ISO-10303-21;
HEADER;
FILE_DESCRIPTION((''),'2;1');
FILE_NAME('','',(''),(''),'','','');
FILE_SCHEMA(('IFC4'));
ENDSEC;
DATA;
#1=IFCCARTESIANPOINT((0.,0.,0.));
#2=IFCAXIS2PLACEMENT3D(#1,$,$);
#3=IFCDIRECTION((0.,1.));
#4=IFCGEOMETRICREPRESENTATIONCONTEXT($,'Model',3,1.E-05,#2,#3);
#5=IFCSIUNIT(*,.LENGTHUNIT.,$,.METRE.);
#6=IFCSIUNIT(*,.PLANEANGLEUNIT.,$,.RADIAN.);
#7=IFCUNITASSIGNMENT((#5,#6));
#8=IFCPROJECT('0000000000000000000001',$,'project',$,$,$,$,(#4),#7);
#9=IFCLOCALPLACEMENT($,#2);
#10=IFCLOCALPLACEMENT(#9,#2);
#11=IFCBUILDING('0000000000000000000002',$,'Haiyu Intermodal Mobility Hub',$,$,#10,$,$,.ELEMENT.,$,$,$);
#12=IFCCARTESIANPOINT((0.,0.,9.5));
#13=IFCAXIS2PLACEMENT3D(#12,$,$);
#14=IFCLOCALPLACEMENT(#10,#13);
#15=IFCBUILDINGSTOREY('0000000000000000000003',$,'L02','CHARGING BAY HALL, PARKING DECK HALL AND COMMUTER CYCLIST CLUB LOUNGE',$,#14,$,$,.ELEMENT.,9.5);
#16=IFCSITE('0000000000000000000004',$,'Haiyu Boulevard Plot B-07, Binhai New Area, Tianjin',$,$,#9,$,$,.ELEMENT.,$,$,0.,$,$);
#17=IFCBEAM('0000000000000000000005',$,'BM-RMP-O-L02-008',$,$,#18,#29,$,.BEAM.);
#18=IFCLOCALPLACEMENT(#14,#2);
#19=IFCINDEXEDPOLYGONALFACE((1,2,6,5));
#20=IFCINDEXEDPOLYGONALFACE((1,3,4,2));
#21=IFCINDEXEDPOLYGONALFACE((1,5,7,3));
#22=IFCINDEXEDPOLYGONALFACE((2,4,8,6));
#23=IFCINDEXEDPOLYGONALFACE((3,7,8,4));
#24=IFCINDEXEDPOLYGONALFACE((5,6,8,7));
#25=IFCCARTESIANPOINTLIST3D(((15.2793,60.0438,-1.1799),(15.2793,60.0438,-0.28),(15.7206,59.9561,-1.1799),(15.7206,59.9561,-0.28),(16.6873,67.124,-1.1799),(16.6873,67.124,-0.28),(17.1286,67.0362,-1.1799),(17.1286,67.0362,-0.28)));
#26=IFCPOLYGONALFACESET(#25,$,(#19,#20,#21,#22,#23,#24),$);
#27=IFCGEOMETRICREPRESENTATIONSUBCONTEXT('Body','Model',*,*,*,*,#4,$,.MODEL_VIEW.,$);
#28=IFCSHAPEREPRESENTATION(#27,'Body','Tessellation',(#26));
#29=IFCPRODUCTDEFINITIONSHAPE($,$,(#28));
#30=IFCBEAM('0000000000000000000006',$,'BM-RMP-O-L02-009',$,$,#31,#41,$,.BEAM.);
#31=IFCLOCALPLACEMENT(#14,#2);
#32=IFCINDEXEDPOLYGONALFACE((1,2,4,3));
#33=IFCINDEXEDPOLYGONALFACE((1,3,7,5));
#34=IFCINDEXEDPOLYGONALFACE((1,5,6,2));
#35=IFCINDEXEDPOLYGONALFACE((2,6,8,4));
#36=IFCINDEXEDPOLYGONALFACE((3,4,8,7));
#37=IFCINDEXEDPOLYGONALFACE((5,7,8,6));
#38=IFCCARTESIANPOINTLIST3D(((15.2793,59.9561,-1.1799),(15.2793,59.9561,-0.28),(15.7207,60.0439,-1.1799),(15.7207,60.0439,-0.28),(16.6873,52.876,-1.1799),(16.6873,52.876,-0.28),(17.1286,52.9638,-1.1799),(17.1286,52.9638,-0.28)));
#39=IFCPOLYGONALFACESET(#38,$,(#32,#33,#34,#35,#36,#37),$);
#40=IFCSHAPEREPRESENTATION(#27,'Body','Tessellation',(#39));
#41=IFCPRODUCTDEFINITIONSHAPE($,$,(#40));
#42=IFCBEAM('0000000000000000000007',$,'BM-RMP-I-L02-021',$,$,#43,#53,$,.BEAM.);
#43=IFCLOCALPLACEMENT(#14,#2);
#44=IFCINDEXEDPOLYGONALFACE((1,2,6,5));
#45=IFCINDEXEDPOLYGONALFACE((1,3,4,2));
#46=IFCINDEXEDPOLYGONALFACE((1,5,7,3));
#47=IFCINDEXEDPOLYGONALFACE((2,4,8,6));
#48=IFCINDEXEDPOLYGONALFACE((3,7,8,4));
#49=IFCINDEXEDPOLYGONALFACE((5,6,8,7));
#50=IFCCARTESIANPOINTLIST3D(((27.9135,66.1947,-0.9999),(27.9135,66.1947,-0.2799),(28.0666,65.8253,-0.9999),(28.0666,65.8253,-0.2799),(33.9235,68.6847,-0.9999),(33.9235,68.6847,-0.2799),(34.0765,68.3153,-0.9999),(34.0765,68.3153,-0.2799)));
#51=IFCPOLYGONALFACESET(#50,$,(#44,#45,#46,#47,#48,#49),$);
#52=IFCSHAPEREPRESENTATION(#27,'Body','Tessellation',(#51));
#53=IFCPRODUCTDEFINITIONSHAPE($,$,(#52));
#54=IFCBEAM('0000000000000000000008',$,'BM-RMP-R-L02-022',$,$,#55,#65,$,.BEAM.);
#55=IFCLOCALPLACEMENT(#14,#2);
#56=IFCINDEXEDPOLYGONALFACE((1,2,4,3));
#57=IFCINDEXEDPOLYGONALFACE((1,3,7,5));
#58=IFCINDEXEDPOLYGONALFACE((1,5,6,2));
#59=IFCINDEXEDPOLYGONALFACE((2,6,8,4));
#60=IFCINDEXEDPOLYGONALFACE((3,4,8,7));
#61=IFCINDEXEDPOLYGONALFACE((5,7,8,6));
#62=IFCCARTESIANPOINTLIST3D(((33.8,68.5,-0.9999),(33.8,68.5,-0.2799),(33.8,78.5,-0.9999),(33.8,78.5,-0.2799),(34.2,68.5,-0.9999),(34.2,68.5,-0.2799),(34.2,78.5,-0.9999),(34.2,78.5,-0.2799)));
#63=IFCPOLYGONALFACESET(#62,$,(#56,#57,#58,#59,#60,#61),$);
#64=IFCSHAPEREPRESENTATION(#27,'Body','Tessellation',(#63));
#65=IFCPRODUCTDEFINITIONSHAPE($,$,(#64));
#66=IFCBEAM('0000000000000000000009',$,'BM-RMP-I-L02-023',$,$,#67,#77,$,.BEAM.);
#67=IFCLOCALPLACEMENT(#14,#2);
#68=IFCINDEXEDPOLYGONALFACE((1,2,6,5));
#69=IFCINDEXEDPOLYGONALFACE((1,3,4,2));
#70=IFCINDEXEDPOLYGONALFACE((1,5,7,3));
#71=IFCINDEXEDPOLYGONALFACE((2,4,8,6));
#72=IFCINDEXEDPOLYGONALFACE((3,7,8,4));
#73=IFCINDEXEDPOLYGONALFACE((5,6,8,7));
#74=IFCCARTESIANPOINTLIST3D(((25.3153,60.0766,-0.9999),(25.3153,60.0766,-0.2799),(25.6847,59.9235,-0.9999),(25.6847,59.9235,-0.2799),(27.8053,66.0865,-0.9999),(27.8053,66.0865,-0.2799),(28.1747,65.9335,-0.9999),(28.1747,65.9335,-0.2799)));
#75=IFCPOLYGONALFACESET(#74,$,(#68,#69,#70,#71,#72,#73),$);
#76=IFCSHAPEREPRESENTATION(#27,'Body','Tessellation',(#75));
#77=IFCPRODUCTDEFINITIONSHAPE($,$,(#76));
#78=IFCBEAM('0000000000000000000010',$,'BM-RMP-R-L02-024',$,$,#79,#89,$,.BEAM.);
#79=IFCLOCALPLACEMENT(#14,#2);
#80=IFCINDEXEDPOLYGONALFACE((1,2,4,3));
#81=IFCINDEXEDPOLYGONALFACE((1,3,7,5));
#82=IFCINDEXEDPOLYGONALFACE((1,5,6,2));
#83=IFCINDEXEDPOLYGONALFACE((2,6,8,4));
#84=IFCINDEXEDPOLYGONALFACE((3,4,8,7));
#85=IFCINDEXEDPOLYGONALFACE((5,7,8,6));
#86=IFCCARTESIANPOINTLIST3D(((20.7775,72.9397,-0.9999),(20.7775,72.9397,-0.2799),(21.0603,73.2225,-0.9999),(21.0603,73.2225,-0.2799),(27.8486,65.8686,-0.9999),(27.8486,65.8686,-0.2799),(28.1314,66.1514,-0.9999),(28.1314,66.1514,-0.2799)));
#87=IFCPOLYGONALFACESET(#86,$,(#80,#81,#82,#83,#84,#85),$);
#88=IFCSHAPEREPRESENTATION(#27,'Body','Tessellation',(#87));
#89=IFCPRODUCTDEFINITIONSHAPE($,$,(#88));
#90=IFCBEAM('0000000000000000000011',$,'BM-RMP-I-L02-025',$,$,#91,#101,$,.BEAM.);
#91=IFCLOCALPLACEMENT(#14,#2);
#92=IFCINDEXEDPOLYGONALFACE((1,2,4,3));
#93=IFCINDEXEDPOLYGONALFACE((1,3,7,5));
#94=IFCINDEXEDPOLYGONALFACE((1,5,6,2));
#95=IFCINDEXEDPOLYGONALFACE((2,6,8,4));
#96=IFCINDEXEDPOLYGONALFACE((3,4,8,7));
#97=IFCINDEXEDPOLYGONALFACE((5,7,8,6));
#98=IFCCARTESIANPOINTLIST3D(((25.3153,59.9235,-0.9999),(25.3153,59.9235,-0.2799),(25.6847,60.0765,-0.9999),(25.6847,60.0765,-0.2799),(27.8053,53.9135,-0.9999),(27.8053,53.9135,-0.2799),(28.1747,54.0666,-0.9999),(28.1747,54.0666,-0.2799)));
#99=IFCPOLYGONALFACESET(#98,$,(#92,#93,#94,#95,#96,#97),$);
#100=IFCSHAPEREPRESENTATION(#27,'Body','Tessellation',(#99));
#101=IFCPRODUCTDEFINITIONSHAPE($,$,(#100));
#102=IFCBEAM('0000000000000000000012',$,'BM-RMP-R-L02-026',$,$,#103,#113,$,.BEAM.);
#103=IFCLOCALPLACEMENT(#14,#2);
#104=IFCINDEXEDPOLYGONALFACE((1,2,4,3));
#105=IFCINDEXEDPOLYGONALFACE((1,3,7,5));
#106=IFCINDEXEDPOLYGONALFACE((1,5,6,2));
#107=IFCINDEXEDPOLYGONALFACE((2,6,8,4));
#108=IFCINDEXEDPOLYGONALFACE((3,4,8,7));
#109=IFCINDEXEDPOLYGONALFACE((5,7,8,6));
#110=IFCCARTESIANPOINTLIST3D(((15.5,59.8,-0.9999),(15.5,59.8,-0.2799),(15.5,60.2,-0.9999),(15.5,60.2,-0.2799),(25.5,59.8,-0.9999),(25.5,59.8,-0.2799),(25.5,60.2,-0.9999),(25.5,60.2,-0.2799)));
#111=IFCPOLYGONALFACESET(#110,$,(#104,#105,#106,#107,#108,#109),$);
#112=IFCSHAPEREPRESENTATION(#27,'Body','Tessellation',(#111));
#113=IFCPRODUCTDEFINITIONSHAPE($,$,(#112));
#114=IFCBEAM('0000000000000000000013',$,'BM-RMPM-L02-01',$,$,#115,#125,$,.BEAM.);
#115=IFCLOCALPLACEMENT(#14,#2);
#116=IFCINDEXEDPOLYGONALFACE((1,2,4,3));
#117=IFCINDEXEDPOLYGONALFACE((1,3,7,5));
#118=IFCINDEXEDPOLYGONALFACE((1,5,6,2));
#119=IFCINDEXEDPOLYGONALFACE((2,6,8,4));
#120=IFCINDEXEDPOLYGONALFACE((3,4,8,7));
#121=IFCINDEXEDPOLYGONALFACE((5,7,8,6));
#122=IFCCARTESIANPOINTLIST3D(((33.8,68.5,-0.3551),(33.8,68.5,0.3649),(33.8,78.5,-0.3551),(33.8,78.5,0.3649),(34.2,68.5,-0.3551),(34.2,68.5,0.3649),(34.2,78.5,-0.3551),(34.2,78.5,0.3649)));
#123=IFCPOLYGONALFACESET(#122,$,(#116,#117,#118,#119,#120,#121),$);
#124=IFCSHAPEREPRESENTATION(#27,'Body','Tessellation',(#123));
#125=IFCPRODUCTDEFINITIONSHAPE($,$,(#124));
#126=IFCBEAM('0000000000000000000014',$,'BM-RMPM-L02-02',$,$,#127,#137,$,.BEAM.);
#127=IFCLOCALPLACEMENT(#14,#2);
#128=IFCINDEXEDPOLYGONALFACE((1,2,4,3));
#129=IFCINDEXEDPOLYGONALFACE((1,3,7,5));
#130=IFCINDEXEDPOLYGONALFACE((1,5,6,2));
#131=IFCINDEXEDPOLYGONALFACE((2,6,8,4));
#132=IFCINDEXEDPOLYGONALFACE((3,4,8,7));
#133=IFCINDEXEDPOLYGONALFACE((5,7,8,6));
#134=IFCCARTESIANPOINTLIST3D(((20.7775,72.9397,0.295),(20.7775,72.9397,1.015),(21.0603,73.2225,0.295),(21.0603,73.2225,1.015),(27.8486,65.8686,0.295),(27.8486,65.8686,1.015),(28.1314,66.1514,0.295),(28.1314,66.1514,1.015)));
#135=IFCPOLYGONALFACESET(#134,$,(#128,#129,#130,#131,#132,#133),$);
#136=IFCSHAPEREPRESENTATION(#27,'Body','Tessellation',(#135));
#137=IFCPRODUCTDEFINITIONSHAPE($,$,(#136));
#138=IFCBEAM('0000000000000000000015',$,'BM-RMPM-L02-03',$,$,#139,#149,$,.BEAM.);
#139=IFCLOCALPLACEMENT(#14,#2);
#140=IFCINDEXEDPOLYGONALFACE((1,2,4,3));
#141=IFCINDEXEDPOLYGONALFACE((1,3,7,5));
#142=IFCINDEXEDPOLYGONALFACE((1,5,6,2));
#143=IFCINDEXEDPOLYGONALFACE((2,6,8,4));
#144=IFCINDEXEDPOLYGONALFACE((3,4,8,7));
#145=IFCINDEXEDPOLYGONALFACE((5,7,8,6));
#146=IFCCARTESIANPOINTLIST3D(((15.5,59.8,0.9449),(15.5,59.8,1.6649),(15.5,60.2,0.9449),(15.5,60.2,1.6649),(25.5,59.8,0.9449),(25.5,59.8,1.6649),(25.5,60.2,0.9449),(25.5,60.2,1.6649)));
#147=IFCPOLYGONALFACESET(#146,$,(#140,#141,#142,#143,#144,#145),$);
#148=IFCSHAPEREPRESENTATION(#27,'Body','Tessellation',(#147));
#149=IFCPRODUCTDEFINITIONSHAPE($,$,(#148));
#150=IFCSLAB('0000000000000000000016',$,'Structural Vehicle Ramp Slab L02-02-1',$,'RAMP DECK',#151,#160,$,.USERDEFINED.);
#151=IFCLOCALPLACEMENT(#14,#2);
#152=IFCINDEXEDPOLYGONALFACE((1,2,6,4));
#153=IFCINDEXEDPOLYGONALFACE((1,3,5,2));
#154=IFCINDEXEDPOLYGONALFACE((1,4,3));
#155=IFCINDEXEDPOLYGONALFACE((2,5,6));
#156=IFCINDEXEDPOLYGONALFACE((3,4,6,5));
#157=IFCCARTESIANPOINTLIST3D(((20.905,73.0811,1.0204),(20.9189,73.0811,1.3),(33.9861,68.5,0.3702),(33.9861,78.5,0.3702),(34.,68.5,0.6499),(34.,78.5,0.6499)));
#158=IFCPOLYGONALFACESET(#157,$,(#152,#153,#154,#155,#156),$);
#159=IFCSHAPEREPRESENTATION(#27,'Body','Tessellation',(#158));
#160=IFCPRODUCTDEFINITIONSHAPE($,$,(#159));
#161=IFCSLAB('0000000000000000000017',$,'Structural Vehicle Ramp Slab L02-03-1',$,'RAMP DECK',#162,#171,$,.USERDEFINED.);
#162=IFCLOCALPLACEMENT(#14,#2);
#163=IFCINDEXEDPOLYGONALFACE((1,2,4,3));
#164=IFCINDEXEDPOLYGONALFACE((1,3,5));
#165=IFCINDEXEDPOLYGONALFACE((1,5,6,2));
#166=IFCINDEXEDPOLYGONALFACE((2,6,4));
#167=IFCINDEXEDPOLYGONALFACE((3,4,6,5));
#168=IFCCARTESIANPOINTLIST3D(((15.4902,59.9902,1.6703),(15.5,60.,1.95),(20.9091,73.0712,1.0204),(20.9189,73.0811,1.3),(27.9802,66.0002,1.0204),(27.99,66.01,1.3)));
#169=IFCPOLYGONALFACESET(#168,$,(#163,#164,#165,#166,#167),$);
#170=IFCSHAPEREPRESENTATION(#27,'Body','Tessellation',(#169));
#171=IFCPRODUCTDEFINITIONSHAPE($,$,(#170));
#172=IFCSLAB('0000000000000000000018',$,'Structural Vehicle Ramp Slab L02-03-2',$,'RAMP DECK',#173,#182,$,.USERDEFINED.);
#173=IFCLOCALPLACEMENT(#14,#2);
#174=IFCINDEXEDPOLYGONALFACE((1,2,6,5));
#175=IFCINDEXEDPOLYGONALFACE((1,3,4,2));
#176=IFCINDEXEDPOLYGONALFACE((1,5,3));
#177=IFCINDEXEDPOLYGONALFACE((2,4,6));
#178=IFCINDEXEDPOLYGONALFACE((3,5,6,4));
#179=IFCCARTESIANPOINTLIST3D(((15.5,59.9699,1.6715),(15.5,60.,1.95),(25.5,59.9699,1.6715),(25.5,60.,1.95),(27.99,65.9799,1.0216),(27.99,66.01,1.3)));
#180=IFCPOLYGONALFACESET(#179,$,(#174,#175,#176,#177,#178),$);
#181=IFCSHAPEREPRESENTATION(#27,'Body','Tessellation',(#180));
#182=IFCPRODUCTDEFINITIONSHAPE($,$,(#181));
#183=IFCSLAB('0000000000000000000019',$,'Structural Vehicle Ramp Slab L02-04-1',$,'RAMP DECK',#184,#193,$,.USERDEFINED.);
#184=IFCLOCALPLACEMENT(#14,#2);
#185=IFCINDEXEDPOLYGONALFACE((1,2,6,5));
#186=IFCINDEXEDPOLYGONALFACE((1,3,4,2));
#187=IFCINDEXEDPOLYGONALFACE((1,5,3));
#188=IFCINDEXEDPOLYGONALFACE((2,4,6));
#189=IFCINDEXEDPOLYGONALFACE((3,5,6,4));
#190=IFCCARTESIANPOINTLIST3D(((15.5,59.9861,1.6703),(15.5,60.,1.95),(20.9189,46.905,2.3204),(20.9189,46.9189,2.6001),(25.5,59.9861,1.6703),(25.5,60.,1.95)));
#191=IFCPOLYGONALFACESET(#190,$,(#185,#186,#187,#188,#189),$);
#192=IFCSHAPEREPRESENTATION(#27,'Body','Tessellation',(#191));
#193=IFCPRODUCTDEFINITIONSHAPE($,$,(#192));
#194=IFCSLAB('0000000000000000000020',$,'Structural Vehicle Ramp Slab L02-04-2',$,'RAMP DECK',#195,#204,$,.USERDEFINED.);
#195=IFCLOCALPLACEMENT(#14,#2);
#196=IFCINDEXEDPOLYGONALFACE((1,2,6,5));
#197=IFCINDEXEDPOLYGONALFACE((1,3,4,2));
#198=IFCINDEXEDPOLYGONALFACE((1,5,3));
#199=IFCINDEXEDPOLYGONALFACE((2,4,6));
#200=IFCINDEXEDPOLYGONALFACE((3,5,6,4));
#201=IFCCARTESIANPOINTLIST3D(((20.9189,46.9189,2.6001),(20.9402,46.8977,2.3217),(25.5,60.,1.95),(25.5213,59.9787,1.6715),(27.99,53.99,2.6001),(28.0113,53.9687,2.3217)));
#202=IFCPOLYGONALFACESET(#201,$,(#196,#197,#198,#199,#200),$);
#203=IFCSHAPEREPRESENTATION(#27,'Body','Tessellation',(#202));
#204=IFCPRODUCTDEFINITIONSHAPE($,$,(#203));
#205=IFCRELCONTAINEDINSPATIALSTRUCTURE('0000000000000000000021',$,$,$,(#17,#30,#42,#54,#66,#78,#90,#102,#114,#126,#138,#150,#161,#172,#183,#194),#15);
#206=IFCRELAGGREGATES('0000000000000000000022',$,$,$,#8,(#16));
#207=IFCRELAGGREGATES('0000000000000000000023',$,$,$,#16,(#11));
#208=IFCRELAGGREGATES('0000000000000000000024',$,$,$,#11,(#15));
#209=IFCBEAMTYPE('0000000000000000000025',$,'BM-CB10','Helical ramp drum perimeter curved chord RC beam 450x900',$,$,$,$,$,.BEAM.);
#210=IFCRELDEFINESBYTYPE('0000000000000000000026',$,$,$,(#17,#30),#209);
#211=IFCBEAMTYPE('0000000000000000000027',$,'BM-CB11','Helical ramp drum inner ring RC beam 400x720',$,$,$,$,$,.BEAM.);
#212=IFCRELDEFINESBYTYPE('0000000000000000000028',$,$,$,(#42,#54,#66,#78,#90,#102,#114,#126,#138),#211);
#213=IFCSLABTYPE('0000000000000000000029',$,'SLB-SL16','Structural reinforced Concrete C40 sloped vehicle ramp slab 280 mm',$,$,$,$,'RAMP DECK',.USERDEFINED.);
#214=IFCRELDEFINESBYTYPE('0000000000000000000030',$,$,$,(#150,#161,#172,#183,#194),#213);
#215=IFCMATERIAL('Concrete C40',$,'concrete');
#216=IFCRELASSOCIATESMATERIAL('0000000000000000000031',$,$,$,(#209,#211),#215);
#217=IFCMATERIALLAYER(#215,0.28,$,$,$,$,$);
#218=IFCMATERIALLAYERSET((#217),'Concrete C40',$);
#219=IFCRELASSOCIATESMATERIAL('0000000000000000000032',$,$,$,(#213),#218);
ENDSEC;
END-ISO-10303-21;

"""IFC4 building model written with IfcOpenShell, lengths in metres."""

from ifc_helpers import new_model, si_unit, direction, frame, origin, origin_2d, place, context, subcontext, project, spatial, polyline, rectangle, outline, extrude, material, layer, layer_set, material_profile, profile_set, type_object, element, save


model = new_model("IFC4")

# Units and contexts
model_context = context("Model", 3, precision=1e-05, world=origin(), true_north=direction((0.0, 1.0)))
body_context = subcontext(model_context, "Body", "Model", "MODEL_VIEW")
ifc_project = project(units=[si_unit("LENGTHUNIT", "METRE"), si_unit("PLANEANGLEUNIT", "RADIAN")], contexts=[model_context])

# Site, building, storey
site_placement = place(None, origin())
site = spatial("IfcSite", under=ifc_project, at=site_placement, Name="Haiyu Boulevard Plot B-07, Binhai New Area, Tianjin", CompositionType="ELEMENT", RefElevation=0.0)
building_placement = place(site_placement, origin())
building = spatial("IfcBuilding", under=site, at=building_placement, Name="Haiyu Intermodal Mobility Hub", CompositionType="ELEMENT")
storey_placement = place(building_placement, frame((0.0, 0.0, 9.5)))
storey = spatial("IfcBuildingStorey", under=building, at=storey_placement, Name="L02", Description="CHARGING BAY HALL, PARKING DECK HALL AND COMMUTER CYCLIST CLUB LOUNGE", CompositionType="ELEMENT", Elevation=9.5)

# Shared definitions
ifc_material_1 = material(Name="Concrete C40", Category="concrete")

# Beams
ifc_material_profile_1 = material_profile(ifc_material_1, rectangle(XDim=0.45, YDim=0.8999, at=origin_2d()), Name="RCB450x900")
ifc_profile_set_1 = profile_set([ifc_material_profile_1], Name="Concrete C40")
beam_type_1 = type_object("IfcBeamType", Name="BM-CB10", Description="Helical ramp drum perimeter curved chord RC beam 450x900", PredefinedType="BEAM", material=ifc_profile_set_1)
for number, where, z_axis, x_axis, name in (
    (1, (16.908, 67.0801, -0.73), (-0.195043, -0.980795, 0.0), (0.980795, -0.195043, 0.0), "BM-RMP-O-L02-008"),
    (2, (15.5, 60.0, -0.73), (0.195043, -0.980795, 0.0), (0.980795, 0.195043, 0.0), "BM-RMP-O-L02-009"),
):
    element("IfcBeam", number, at=place(storey_placement, frame(where, z_axis=z_axis, x_axis=x_axis)), inside=storey, type_object=beam_type_1, Name=name, PredefinedType="BEAM", context=body_context, shape_type="SweptSolid", body=[
        extrude(rectangle(XDim=0.45, YDim=0.8999, at=origin_2d()), origin(), (0.0, 0.0, 1.0), 7.2188),
    ])
ifc_material_profile_2 = material_profile(ifc_material_1, rectangle(XDim=0.3999, YDim=0.72, at=origin_2d()), Name="RCB400x720")
ifc_profile_set_2 = profile_set([ifc_material_profile_2], Name="Concrete C40")
beam_type_2 = type_object("IfcBeamType", Name="BM-CB11", Description="Helical ramp drum inner ring RC beam 400x720", PredefinedType="BEAM", material=ifc_profile_set_2)
beam_1_placement = place(storey_placement, frame((34.0, 68.5, -0.6399), z_axis=(-0.923849, -0.382757, 0.0), x_axis=(0.382757, -0.923849, 0.0)))
element("IfcBeam", 3, at=beam_1_placement, inside=storey, type_object=beam_type_2, Name="BM-RMP-I-L02-021", PredefinedType="BEAM", context=body_context, shape_type="SweptSolid", body=[
    extrude(rectangle(XDim=0.3999, YDim=0.72, at=origin_2d()), origin(), (0.0, 0.0, 1.0), 6.5054),
])
beam_2_placement = place(storey_placement, frame((34.0, 68.5, -0.6399), z_axis=(0.0, 1.0, 0.0), x_axis=(-1.0, 0.0, 0.0)))
element("IfcBeam", 4, at=beam_2_placement, inside=storey, type_object=beam_type_2, Name="BM-RMP-R-L02-022", PredefinedType="BEAM", context=body_context, shape_type="SweptSolid", body=[
    extrude(rectangle(XDim=0.3999, YDim=0.72, at=origin_2d()), origin(), (0.0, 0.0, 1.0), 10.0),
])
beam_3_placement = place(storey_placement, frame((27.99, 66.01, -0.6399), z_axis=(-0.382757, -0.923849, 0.0), x_axis=(0.923849, -0.382757, 0.0)))
element("IfcBeam", 5, at=beam_3_placement, inside=storey, type_object=beam_type_2, Name="BM-RMP-I-L02-023", PredefinedType="BEAM", context=body_context, shape_type="SweptSolid", body=[
    extrude(rectangle(XDim=0.3999, YDim=0.72, at=origin_2d()), origin(), (0.0, 0.0, 1.0), 6.5054),
])
beam_4_placement = place(storey_placement, frame((27.99, 66.01, -0.6399), z_axis=(-0.707107, 0.707107, 0.0), x_axis=(-0.707107, -0.707107, 0.0)))
element("IfcBeam", 6, at=beam_4_placement, inside=storey, type_object=beam_type_2, Name="BM-RMP-R-L02-024", PredefinedType="BEAM", context=body_context, shape_type="SweptSolid", body=[
    extrude(rectangle(XDim=0.3999, YDim=0.72, at=origin_2d()), origin(), (0.0, 0.0, 1.0), 10.0),
])
beam_5_placement = place(storey_placement, frame((25.5, 60.0, -0.6399), z_axis=(0.382757, -0.923849, 0.0), x_axis=(0.923849, 0.382757, 0.0)))
element("IfcBeam", 7, at=beam_5_placement, inside=storey, type_object=beam_type_2, Name="BM-RMP-I-L02-025", PredefinedType="BEAM", context=body_context, shape_type="SweptSolid", body=[
    extrude(rectangle(XDim=0.3999, YDim=0.72, at=origin_2d()), origin(), (0.0, 0.0, 1.0), 6.5054),
])
for number, where, z_axis, x_axis, name in (
    (8, (25.5, 60.0, -0.6399), (-1.0, 0.0, 0.0), (0.0, -1.0, 0.0), "BM-RMP-R-L02-026"),
    (9, (34.0, 68.5, 0.0049), (0.0, 1.0, 0.0), (-1.0, 0.0, 0.0), "BM-RMPM-L02-01"),
    (10, (27.99, 66.01, 0.655), (-0.707107, 0.707107, 0.0), (-0.707107, -0.707107, 0.0), "BM-RMPM-L02-02"),
    (11, (25.5, 60.0, 1.3049), (-1.0, 0.0, 0.0), (0.0, -1.0, 0.0), "BM-RMPM-L02-03"),
):
    element("IfcBeam", number, at=place(storey_placement, frame(where, z_axis=z_axis, x_axis=x_axis)), inside=storey, type_object=beam_type_2, Name=name, PredefinedType="BEAM", context=body_context, shape_type="SweptSolid", body=[
        extrude(rectangle(XDim=0.3999, YDim=0.72, at=origin_2d()), origin(), (0.0, 0.0, 1.0), 10.0),
    ])

# Slabs
ifc_layer = layer(ifc_material_1, 0.28)
ifc_layer_set = layer_set([ifc_layer], Name="Concrete C40")
slab_type = type_object("IfcSlabType", Name="SLB-SL16", Description="Structural reinforced Concrete C40 sloped vehicle ramp slab 280 mm", ElementType="RAMP DECK", PredefinedType="USERDEFINED", material=ifc_layer_set)
slab_1_placement = place(storey_placement, frame((34.0, 68.5, 0.6499), z_axis=(0.04964, 0.0, 0.998767), x_axis=(0.0, 1.0, 0.0)))
element("IfcSlab", 12, at=slab_1_placement, inside=storey, type_object=slab_type, Name="Structural Vehicle Ramp Slab L02-02-1", ObjectType="RAMP DECK", PredefinedType="USERDEFINED", context=body_context, shape_type="SweptSolid", body=[
    extrude(outline(polyline([(0.0, 0.0), (10.0, 0.0), (4.5811, 13.0972), (0.0, 0.0)])), origin(), (0.0, 0.0, -1.0), 0.28),
])
slab_2_placement = place(storey_placement, frame((27.99, 66.01, 1.3), z_axis=(0.035087, 0.035087, 0.998768), x_axis=(-0.707107, 0.707107, 0.0)))
element("IfcSlab", 13, at=slab_2_placement, inside=storey, type_object=slab_type, Name="Structural Vehicle Ramp Slab L02-03-1", ObjectType="RAMP DECK", PredefinedType="USERDEFINED", context=body_context, shape_type="SweptSolid", body=[
    extrude(outline(polyline([(0.0, 0.0), (10.0, 0.0), (4.582, 13.0976), (0.0, 0.0)])), origin(), (0.0, 0.0, -1.0), 0.28),
])
slab_3_placement = place(storey_placement, frame((27.99, 66.01, 1.3), z_axis=(0.0, 0.10751, 0.994204), x_axis=(-0.900117, -0.433124, 0.046837)))
element("IfcSlab", 14, at=slab_3_placement, inside=storey, type_object=slab_type, Name="Structural Vehicle Ramp Slab L02-03-2", ObjectType="RAMP DECK", PredefinedType="USERDEFINED", context=body_context, shape_type="SweptSolid", body=[
    extrude(outline(polyline([(0.0, 0.0), (13.876, 0.0), (4.8748, 4.3565), (0.0, 0.0)])), origin(), (0.0, 0.0, -1.0), 0.28),
])
slab_4_placement = place(storey_placement, frame((25.5, 60.0, 1.95), z_axis=(0.0, 0.04964, 0.998767), x_axis=(-1.0, 0.0, 0.0)))
element("IfcSlab", 15, at=slab_4_placement, inside=storey, type_object=slab_type, Name="Structural Vehicle Ramp Slab L02-04-1", ObjectType="RAMP DECK", PredefinedType="USERDEFINED", context=body_context, shape_type="SweptSolid", body=[
    extrude(outline(polyline([(0.0, 0.0), (10.0, 0.0), (4.5811, 13.0972), (0.0, 0.0)])), origin(), (0.0, 0.0, -1.0), 0.28),
])
slab_5_placement = place(storey_placement, frame((25.5, 60.0, 1.95), z_axis=(-0.076044, 0.076044, 0.9942), x_axis=(-0.33016, -0.942761, 0.046857)))
element("IfcSlab", 16, at=slab_5_placement, inside=storey, type_object=slab_type, Name="Structural Vehicle Ramp Slab L02-04-2", ObjectType="RAMP DECK", PredefinedType="USERDEFINED", context=body_context, shape_type="SweptSolid", body=[
    extrude(outline(polyline([(0.0, 0.0), (13.8753, 0.0), (4.8744, 4.357), (0.0, 0.0)])), origin(), (0.0, 0.0, -1.0), 0.28),
])

save(model, "model.ifc")
